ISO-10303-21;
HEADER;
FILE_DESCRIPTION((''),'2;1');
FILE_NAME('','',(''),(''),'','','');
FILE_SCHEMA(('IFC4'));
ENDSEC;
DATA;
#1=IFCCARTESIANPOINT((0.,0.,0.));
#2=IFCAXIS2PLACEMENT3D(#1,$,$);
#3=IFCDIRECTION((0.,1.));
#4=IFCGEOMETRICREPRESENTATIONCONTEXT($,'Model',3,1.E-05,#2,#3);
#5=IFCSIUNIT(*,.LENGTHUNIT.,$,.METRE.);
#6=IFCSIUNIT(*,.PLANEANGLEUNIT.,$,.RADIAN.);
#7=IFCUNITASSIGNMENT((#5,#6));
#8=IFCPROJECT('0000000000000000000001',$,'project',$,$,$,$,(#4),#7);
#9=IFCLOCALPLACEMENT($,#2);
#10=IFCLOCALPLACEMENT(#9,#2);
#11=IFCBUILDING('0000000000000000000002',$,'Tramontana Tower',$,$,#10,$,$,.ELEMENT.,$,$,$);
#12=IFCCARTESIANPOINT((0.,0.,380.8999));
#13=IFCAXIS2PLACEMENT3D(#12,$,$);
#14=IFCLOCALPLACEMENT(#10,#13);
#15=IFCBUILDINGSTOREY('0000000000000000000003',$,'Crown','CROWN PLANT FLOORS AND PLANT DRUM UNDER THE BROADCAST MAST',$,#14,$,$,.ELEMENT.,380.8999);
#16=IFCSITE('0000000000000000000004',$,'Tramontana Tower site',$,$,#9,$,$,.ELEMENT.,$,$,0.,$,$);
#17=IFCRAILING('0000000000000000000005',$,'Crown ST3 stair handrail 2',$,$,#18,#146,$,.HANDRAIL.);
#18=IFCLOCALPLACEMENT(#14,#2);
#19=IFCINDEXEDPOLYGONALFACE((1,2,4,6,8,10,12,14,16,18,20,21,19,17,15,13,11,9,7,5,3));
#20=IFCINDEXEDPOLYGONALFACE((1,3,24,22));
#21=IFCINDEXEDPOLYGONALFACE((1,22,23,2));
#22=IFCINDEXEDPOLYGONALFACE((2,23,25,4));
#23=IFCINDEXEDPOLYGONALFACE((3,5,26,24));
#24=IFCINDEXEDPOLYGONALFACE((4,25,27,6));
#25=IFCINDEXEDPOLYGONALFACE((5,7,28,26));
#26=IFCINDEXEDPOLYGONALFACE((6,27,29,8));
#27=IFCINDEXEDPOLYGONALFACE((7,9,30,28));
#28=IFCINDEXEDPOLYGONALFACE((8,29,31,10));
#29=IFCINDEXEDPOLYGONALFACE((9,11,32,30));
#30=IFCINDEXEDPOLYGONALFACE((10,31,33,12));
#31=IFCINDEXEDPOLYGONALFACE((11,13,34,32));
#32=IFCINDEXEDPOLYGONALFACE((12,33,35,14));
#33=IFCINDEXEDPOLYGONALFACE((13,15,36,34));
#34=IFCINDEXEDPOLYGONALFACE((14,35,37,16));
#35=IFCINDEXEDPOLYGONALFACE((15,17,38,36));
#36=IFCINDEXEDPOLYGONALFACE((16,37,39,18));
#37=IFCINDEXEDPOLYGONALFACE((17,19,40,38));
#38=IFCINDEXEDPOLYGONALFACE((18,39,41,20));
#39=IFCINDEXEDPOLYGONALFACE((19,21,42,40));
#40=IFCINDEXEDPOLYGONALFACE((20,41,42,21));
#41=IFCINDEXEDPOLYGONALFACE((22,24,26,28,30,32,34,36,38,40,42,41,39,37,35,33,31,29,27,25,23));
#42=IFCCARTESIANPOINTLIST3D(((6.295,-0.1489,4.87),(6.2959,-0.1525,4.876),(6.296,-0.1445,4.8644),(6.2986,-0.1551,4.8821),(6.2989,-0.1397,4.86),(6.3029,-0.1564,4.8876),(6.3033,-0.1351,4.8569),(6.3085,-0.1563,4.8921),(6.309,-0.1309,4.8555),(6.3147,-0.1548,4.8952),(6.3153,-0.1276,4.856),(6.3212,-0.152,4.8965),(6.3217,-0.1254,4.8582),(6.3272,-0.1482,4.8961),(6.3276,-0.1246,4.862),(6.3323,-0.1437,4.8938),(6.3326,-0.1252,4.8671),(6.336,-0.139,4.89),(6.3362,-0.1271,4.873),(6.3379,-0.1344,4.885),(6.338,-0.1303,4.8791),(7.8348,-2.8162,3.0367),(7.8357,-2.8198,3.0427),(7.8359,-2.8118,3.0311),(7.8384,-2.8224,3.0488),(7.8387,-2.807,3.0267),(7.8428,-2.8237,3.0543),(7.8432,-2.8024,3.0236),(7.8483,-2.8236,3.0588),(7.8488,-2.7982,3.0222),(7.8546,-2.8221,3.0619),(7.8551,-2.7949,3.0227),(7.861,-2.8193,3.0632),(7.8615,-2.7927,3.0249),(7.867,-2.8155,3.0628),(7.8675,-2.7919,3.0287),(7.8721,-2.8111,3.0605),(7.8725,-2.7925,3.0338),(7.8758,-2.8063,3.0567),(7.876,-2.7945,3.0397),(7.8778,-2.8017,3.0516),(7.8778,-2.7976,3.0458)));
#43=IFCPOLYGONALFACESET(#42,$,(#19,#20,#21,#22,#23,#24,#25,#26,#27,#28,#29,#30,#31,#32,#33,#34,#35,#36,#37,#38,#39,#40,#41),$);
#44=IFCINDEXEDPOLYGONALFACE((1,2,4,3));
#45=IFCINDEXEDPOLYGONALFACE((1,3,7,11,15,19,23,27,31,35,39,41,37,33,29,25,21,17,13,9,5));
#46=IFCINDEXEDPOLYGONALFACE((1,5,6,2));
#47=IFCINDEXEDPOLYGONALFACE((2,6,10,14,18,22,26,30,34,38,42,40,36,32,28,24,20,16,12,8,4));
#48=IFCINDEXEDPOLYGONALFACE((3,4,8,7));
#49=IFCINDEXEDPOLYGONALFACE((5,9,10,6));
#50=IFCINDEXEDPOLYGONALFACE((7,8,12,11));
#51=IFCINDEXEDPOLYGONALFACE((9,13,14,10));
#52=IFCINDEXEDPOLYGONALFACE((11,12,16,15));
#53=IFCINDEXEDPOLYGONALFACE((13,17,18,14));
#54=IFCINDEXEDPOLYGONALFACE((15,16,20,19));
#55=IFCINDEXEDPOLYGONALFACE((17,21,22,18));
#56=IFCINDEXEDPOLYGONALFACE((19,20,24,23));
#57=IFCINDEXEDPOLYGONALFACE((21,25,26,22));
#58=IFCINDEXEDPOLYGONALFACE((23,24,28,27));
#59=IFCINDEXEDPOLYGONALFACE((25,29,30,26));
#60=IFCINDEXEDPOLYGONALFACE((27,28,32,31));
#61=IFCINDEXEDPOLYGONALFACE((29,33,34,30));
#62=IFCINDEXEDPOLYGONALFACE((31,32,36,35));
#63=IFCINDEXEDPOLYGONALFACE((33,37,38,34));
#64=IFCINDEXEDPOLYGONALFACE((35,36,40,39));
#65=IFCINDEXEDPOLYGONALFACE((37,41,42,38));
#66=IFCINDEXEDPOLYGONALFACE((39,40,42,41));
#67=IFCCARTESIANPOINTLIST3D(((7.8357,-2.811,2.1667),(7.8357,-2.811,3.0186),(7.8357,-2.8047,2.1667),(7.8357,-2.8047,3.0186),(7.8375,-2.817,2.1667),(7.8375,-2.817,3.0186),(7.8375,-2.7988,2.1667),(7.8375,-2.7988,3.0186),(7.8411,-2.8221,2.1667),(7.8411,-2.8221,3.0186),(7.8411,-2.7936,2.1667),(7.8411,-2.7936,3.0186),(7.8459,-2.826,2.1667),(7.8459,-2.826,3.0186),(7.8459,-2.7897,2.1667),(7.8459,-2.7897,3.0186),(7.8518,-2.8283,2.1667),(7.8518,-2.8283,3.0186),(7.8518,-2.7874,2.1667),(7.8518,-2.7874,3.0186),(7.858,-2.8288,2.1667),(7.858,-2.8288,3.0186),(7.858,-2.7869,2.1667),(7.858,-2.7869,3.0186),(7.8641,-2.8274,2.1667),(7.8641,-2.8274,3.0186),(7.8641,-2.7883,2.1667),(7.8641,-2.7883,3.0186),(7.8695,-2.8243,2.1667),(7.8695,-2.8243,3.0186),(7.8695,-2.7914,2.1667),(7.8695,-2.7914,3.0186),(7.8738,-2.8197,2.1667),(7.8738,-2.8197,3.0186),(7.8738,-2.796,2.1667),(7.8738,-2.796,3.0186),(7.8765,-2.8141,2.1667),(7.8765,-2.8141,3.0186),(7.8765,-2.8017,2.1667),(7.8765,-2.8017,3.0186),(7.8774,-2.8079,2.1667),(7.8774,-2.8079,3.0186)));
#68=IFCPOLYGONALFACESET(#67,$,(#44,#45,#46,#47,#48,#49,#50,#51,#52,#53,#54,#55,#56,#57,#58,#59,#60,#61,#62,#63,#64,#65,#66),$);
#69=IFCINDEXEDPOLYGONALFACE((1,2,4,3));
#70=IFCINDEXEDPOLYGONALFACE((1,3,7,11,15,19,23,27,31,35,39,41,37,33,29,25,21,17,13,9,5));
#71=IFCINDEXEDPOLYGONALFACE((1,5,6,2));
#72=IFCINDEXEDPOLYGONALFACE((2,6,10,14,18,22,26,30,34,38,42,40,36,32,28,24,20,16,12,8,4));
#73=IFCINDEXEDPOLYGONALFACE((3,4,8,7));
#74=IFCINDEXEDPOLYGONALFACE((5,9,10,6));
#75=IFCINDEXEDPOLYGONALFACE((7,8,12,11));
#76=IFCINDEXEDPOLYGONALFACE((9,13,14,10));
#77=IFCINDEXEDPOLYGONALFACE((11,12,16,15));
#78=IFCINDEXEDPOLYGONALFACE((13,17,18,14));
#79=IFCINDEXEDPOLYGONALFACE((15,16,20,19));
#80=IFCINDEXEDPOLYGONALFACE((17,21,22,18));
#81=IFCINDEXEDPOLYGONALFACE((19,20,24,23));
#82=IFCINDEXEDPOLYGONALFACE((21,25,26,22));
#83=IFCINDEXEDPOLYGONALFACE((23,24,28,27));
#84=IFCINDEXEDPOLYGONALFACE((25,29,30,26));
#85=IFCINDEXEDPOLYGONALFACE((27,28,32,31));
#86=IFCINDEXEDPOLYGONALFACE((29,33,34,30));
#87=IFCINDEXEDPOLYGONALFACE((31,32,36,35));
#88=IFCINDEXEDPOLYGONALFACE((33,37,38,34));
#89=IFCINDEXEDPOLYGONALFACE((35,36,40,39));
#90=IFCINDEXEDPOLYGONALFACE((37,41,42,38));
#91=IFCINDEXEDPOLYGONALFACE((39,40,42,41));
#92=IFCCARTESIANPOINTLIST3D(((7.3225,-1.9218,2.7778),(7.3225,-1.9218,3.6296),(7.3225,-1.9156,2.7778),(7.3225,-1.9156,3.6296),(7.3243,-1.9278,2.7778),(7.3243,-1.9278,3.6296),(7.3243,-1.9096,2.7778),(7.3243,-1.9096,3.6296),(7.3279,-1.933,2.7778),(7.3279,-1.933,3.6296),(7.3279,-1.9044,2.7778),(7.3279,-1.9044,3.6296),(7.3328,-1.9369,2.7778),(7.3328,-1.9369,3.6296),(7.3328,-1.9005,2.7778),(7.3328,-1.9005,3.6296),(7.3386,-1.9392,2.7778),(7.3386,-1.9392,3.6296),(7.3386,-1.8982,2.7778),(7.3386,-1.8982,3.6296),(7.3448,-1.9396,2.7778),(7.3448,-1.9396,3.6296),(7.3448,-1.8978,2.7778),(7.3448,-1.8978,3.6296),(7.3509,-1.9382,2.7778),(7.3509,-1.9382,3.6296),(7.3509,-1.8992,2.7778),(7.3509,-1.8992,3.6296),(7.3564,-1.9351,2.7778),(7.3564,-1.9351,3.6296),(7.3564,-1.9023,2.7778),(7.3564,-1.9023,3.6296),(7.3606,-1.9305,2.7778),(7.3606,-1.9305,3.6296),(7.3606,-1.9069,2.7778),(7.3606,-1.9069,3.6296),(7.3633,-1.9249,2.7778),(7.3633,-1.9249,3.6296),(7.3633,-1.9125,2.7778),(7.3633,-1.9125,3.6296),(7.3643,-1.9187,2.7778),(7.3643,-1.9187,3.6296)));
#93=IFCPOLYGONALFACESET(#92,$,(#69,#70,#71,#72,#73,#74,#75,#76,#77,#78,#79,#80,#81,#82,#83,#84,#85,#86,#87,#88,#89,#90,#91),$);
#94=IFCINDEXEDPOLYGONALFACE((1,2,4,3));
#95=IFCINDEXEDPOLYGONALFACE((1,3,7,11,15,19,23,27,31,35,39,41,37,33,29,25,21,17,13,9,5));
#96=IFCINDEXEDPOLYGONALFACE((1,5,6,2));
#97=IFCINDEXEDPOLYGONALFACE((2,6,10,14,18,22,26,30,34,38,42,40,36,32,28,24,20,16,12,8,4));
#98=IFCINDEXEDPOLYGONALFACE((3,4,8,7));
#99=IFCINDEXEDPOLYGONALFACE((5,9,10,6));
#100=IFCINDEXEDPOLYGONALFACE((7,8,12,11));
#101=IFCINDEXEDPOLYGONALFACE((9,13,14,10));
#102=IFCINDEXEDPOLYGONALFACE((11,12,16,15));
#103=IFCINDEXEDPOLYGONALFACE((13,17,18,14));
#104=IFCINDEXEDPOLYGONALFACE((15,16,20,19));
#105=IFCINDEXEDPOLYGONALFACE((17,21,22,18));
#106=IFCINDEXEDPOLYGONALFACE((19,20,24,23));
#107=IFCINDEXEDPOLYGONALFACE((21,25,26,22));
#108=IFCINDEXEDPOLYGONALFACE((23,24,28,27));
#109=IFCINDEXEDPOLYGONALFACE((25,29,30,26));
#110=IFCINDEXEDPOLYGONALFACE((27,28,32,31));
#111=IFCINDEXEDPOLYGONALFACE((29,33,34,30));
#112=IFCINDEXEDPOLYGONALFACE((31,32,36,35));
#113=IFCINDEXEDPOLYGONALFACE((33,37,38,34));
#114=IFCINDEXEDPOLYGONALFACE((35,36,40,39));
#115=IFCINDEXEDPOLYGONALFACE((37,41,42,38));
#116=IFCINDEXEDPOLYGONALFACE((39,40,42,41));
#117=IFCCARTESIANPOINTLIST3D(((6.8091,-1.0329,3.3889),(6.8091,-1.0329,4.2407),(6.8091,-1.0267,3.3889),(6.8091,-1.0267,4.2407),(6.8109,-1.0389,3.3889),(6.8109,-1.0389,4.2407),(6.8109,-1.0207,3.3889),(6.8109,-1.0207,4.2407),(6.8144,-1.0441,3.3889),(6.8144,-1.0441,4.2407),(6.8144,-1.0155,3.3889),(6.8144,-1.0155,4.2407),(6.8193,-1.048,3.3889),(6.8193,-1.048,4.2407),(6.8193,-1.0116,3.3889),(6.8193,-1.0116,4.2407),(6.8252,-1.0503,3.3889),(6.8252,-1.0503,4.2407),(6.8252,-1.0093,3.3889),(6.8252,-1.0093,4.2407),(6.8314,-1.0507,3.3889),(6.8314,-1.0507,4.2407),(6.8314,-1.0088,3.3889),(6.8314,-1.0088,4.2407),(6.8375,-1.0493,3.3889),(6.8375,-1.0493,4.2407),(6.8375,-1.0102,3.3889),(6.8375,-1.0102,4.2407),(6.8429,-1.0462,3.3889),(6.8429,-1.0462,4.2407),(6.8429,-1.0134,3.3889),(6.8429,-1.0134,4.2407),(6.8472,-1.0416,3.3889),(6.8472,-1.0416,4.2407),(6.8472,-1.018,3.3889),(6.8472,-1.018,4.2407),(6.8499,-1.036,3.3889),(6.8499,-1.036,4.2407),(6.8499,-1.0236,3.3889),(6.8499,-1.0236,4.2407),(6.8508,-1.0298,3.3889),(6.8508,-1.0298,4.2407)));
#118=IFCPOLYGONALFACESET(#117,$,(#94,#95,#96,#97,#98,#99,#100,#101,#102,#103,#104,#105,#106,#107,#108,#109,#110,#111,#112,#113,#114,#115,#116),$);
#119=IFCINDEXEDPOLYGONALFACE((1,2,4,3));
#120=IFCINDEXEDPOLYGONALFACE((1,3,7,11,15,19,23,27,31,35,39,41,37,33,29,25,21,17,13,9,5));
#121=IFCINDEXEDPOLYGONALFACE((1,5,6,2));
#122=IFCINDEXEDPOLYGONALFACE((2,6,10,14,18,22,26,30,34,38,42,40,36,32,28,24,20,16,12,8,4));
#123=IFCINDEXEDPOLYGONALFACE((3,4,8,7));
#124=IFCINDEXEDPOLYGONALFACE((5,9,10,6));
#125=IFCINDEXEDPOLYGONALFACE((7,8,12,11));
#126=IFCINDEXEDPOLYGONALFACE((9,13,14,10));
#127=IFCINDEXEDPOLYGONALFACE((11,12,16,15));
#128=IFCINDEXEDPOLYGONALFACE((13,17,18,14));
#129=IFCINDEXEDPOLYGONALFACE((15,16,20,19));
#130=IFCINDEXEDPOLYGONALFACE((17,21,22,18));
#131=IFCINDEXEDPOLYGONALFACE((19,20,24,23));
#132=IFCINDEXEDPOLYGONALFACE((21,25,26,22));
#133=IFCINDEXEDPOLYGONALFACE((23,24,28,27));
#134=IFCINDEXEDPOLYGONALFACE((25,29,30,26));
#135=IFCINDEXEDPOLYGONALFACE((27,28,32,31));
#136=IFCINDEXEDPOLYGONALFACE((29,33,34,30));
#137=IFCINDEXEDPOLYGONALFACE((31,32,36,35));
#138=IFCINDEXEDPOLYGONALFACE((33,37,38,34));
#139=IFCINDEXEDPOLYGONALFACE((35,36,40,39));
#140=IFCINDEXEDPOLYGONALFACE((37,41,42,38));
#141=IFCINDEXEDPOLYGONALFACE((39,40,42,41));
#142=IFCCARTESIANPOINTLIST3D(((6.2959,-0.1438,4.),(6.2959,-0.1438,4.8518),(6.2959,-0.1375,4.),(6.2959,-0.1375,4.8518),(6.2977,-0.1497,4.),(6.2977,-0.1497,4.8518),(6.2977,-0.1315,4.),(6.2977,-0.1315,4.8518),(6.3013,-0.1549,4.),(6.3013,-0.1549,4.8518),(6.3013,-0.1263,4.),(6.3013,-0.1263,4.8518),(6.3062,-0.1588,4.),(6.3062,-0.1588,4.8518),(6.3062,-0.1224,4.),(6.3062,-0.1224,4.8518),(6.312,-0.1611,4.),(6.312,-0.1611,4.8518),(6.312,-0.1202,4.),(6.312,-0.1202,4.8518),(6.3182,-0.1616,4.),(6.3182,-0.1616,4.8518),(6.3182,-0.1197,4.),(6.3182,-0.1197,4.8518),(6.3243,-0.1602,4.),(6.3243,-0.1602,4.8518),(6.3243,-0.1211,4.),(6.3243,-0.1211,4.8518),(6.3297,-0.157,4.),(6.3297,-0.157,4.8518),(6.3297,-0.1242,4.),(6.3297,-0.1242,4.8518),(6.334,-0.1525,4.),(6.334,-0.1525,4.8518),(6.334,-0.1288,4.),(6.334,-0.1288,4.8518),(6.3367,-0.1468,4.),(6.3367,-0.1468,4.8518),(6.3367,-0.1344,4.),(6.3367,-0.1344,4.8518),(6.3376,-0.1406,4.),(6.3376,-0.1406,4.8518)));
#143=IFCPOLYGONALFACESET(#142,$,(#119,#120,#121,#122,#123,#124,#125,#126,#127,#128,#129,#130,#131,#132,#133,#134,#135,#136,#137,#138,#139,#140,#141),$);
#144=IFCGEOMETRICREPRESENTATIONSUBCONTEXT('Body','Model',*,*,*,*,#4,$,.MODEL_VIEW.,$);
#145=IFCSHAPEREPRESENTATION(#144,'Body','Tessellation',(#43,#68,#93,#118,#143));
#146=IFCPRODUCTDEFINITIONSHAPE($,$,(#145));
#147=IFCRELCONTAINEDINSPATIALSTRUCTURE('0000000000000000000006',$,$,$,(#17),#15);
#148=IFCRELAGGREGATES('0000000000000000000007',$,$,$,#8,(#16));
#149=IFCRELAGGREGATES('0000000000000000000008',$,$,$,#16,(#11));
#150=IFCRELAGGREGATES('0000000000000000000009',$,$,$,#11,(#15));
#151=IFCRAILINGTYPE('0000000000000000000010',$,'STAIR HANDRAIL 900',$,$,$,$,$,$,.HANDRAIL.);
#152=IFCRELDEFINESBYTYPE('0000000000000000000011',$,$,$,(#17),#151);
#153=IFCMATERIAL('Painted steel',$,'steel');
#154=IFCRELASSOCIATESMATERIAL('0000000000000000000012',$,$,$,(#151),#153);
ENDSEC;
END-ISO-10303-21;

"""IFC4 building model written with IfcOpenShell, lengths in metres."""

from ifc_helpers import new_model, si_unit, direction, frame, origin, origin_2d, place, context, subcontext, project, spatial, circle, extrude, material, type_object, element, save


model = new_model("IFC4")

# Units and contexts
model_context = context("Model", 3, precision=1e-05, world=origin(), true_north=direction((0.0, 1.0)))
body_context = subcontext(model_context, "Body", "Model", "MODEL_VIEW")
ifc_project = project(units=[si_unit("LENGTHUNIT", "METRE"), si_unit("PLANEANGLEUNIT", "RADIAN")], contexts=[model_context])

# Site, building, storey
site_placement = place(None, origin())
site = spatial("IfcSite", under=ifc_project, at=site_placement, Name="Tramontana Tower site", CompositionType="ELEMENT", RefElevation=0.0)
building_placement = place(site_placement, origin())
building = spatial("IfcBuilding", under=site, at=building_placement, Name="Tramontana Tower", CompositionType="ELEMENT")
storey_placement = place(building_placement, frame((0.0, 0.0, 380.8999)))
storey = spatial("IfcBuildingStorey", under=building, at=storey_placement, Name="Crown", Description="CROWN PLANT FLOORS AND PLANT DRUM UNDER THE BROADCAST MAST", CompositionType="ELEMENT", Elevation=380.8999)

# Railing
ifc_material_1 = material(Name="Painted steel", Category="steel")
railing_type_1 = type_object("IfcRailingType", Name="STAIR HANDRAIL 900", PredefinedType="HANDRAIL", material=ifc_material_1)
railing_1_placement = place(storey_placement, frame((7.8564, -2.8079, 2.1667)))
element("IfcRailing", 1, at=railing_1_placement, inside=storey, type_object=railing_type_1, Name="Crown ST3 stair handrail 2", PredefinedType="HANDRAIL", context=body_context, shape_type="SweptSolid", body=[
    extrude(circle(Radius=0.0239, at=origin_2d()), frame((0.0, 0.0, 0.876), z_axis=(-0.429616, 0.744181, 0.511493), x_axis=(-0.866044, -0.499967, 0.0)), (0.0, 0.0, 1.0), 3.5842),
    extrude(circle(Radius=0.021, at=origin_2d()), origin(), (0.0, 0.0, 1.0), 0.8518),
    extrude(circle(Radius=0.021, at=origin_2d()), frame((-0.5132, 0.8892, 0.6111)), (0.0, 0.0, 1.0), 0.8518),
    extrude(circle(Radius=0.021, at=origin_2d()), frame((-1.0266, 1.7781, 1.2222)), (0.0, 0.0, 1.0), 0.8518),
    extrude(circle(Radius=0.021, at=origin_2d()), frame((-1.5398, 2.6672, 1.8333)), (0.0, 0.0, 1.0), 0.8518),
])

save(model, "model.ifc")
